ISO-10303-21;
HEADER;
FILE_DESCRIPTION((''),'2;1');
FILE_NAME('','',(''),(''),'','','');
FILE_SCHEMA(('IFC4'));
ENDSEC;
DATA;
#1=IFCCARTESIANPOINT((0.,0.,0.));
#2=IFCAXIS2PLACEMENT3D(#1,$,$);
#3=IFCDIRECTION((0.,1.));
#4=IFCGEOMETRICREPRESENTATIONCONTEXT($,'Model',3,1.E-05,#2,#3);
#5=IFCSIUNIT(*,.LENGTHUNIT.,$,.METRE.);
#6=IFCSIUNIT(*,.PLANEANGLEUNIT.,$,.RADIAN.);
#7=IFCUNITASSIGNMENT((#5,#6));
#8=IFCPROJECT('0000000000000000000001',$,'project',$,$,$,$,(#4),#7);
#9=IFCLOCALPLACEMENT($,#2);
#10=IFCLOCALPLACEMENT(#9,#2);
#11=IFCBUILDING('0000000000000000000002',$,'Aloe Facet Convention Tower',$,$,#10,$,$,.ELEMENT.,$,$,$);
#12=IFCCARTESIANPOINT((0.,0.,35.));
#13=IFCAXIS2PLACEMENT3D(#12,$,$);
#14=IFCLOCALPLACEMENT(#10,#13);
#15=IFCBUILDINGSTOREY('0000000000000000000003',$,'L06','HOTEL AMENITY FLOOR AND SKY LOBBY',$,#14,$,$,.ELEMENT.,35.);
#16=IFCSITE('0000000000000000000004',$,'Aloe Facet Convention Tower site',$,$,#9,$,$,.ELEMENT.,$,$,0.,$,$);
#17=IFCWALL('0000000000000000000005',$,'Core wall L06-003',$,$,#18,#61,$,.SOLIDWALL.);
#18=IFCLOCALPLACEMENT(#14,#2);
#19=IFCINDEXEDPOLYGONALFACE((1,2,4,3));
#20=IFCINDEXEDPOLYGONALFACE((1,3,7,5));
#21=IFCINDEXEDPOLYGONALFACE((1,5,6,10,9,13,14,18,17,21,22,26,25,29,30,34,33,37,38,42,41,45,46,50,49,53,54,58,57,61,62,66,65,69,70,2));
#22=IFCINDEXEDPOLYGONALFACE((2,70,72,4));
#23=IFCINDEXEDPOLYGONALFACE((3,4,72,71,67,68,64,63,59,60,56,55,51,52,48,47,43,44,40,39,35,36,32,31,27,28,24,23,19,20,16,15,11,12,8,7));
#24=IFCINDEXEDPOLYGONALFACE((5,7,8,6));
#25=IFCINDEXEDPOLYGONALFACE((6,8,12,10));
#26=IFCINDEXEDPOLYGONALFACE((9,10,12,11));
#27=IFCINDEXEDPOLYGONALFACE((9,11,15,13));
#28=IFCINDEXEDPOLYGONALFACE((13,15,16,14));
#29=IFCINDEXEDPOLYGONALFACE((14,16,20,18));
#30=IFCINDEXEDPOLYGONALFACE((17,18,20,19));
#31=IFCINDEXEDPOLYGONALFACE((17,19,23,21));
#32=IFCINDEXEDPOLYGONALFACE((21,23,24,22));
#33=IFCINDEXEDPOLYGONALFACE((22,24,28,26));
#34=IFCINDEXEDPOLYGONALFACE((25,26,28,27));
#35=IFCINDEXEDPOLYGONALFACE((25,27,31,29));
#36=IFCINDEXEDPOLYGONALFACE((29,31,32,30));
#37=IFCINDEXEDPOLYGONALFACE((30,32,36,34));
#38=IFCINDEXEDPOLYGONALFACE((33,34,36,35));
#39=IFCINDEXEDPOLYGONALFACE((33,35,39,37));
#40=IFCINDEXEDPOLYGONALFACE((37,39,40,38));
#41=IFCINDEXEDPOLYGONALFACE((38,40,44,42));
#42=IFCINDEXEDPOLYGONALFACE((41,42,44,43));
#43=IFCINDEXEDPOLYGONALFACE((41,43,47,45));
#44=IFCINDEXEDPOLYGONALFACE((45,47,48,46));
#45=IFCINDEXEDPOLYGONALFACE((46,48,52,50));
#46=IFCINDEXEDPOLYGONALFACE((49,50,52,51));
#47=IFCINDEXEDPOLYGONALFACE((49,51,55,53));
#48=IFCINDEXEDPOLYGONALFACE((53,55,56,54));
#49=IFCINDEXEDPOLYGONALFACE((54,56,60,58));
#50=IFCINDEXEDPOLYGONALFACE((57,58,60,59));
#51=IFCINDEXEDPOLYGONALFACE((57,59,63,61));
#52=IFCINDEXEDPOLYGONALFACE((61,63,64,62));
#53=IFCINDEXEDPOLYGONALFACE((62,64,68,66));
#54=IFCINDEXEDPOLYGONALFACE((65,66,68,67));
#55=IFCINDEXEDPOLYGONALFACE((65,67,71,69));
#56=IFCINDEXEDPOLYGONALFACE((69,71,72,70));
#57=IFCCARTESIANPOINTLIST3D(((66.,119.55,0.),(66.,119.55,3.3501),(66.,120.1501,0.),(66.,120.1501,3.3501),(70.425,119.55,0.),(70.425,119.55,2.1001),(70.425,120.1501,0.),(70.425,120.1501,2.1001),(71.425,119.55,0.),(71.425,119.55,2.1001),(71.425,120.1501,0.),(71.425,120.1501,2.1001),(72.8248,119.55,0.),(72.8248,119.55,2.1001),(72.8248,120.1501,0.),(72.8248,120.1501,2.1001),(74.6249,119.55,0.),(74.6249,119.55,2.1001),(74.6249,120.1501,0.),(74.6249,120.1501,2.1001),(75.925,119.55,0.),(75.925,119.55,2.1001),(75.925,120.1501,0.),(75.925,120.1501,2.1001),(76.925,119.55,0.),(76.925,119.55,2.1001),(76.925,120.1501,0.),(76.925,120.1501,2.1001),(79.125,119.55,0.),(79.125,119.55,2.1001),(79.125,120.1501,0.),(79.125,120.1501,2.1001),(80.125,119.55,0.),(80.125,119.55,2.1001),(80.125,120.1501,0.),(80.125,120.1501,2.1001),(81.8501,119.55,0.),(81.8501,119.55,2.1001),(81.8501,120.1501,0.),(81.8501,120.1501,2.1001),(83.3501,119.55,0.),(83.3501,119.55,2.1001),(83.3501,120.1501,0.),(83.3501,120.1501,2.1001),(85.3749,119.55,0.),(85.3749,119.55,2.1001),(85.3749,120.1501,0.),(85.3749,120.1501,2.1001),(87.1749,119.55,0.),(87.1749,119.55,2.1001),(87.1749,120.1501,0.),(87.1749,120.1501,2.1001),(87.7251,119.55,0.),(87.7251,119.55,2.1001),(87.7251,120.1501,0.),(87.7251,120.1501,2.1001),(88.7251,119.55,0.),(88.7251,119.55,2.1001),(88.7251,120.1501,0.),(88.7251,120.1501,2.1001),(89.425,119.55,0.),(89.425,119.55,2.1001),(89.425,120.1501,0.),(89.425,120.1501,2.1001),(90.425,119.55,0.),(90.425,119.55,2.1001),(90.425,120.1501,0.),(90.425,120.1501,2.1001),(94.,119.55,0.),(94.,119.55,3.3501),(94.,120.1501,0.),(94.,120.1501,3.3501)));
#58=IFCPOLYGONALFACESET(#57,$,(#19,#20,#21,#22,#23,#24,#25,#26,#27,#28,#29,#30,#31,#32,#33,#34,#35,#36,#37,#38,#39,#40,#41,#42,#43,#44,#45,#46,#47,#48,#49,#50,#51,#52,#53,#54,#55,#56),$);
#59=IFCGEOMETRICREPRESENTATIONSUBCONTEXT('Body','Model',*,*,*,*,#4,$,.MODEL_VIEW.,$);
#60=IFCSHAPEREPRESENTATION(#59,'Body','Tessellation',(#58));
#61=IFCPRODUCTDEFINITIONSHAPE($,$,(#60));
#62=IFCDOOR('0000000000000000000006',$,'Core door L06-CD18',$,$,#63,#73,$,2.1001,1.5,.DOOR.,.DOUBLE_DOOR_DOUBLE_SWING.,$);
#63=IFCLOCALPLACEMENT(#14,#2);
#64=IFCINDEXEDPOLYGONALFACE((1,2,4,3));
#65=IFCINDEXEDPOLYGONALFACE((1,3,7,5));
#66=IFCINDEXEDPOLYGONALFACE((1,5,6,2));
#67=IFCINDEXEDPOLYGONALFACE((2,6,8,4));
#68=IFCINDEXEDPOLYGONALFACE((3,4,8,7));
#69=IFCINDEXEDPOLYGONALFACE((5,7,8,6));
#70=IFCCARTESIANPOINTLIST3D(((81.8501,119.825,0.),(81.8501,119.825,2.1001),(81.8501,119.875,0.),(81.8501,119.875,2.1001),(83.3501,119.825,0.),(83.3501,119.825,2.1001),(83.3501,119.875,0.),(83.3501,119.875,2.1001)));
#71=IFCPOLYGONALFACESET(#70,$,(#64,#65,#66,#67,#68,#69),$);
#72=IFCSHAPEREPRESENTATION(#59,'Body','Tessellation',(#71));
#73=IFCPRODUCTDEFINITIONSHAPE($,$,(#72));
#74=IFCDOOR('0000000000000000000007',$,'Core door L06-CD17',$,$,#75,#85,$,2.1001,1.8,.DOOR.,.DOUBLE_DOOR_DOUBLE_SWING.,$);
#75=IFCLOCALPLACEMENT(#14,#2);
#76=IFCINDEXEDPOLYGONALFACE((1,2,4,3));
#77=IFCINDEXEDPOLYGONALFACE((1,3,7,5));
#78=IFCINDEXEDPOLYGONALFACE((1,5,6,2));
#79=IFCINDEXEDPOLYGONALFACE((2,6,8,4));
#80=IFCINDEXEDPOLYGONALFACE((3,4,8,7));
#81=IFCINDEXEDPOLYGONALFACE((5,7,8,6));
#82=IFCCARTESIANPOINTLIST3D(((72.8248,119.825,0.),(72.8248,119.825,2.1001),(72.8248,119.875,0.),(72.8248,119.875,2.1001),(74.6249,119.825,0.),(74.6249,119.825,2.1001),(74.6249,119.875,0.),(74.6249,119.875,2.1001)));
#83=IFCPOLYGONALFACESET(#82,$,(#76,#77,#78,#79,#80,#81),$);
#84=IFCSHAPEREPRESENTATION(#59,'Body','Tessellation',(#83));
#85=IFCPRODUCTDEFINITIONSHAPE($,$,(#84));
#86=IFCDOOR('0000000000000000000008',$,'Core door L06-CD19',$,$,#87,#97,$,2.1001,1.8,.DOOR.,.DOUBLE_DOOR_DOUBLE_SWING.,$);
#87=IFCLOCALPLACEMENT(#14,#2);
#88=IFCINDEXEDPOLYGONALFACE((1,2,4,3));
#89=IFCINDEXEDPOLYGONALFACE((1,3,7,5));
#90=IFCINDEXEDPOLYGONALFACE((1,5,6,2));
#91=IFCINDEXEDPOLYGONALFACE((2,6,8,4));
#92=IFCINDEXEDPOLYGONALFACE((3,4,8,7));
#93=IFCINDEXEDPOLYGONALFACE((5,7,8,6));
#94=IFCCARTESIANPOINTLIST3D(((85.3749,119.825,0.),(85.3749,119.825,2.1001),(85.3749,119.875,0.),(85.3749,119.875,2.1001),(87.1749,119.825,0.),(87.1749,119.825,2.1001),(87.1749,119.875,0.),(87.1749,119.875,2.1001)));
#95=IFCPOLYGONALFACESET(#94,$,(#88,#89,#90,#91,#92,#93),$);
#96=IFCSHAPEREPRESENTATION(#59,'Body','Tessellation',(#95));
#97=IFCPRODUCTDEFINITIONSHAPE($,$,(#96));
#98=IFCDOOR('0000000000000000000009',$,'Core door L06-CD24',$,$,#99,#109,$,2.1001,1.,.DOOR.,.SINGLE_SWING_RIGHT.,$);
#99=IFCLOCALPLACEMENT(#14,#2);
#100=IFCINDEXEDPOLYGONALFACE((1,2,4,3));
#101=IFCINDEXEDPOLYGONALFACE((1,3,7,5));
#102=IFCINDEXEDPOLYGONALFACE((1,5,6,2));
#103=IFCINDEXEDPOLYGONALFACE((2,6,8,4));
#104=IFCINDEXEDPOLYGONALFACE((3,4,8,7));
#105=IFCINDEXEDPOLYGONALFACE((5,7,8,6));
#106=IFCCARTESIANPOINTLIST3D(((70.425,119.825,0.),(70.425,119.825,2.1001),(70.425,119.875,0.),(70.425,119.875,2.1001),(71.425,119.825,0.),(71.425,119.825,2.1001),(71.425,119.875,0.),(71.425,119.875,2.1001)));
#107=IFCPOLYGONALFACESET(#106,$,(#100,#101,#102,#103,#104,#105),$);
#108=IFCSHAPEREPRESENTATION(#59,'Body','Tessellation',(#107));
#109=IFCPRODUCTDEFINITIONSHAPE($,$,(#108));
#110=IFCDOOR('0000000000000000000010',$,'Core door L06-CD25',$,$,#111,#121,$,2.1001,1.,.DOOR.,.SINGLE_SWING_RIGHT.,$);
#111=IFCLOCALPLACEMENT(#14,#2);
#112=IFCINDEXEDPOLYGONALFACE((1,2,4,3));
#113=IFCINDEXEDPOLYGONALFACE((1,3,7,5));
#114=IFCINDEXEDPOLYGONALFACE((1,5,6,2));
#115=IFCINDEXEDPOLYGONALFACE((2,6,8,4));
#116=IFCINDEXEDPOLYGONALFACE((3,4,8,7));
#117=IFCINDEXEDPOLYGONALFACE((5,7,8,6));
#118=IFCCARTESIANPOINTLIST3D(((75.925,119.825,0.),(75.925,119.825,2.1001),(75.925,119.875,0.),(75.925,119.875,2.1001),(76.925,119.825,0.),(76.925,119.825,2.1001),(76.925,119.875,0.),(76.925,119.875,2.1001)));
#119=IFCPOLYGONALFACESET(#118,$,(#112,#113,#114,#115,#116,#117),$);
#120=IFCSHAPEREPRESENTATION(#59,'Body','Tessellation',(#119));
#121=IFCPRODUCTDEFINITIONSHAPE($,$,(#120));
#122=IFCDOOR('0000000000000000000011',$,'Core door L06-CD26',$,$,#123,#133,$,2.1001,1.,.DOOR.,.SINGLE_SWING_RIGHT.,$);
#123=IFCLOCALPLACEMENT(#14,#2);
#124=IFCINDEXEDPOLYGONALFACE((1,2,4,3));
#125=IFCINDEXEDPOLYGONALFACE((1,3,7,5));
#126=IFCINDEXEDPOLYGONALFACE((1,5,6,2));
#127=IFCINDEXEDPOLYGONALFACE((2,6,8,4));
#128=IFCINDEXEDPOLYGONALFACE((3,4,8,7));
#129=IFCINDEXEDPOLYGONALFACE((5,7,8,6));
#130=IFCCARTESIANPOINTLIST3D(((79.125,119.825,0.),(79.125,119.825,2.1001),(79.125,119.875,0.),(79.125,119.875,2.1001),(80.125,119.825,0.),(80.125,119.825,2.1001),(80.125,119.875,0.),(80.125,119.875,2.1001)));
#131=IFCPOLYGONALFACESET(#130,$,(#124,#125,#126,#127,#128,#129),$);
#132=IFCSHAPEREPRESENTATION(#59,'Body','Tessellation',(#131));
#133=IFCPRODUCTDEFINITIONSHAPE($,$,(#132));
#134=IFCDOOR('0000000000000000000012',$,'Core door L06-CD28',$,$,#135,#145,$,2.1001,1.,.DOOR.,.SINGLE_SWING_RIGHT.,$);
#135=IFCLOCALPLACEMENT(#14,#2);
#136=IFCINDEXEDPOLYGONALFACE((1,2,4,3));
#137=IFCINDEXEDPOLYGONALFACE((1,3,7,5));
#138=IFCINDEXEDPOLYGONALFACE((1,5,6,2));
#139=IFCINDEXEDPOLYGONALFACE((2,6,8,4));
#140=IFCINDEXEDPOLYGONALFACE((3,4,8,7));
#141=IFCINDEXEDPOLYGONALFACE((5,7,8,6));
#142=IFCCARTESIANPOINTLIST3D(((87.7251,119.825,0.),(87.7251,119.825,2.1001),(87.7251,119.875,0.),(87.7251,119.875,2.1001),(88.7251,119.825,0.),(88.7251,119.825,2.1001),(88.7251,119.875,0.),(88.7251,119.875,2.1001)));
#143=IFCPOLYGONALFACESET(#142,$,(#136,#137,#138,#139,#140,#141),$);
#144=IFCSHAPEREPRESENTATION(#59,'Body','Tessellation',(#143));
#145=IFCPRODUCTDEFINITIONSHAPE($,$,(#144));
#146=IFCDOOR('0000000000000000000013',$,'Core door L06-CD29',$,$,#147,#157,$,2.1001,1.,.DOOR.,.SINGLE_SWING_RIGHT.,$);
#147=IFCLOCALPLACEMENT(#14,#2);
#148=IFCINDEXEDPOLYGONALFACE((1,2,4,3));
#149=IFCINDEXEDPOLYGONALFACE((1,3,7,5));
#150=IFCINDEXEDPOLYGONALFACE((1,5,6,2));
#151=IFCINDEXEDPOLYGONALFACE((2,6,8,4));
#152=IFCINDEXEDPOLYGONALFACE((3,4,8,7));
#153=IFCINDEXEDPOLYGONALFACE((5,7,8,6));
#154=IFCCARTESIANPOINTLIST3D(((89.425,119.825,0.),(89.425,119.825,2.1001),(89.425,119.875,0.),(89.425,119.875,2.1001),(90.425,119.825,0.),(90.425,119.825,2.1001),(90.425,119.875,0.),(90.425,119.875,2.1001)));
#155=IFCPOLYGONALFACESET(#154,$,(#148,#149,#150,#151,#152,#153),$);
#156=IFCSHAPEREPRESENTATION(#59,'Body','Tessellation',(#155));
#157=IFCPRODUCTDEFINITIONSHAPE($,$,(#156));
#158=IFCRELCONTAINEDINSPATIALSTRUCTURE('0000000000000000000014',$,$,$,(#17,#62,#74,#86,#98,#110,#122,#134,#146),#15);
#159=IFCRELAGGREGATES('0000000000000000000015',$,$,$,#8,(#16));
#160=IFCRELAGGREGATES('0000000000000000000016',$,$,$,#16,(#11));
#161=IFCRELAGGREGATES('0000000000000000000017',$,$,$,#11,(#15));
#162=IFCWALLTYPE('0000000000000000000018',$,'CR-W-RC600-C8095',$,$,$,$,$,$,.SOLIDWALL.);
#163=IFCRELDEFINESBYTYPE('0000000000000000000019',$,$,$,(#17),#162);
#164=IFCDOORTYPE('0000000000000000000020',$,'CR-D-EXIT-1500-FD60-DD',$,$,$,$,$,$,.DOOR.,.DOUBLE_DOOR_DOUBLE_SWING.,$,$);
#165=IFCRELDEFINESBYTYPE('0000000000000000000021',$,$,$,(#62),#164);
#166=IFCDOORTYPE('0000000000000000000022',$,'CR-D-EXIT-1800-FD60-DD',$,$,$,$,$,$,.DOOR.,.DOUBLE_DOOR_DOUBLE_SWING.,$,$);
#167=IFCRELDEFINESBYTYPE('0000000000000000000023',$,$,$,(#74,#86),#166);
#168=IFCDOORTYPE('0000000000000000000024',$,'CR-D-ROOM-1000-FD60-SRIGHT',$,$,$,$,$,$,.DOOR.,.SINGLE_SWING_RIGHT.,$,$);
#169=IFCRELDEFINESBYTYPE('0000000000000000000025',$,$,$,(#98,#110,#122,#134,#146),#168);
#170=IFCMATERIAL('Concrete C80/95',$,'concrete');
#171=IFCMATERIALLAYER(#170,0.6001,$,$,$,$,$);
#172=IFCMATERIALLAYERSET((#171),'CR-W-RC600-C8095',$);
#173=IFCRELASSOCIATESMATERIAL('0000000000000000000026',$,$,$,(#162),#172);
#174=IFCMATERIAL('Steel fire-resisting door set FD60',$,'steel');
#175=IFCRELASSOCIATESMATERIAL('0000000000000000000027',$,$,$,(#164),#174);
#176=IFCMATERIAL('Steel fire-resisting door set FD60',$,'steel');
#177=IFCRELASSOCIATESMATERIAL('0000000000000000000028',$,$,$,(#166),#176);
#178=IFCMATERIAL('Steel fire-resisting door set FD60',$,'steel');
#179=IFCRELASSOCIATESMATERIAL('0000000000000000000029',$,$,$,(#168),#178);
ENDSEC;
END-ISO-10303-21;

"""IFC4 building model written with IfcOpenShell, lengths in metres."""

from ifc_helpers import new_model, si_unit, direction, frame, frame_2d, origin, place, context, subcontext, project, spatial, rectangle, extrude, material, layer, layer_set, type_object, element, fill, save


model = new_model("IFC4")

# Units and contexts
model_context = context("Model", 3, precision=1e-05, world=origin(), true_north=direction((0.0, 1.0)))
body_context = subcontext(model_context, "Body", "Model", "MODEL_VIEW")
ifc_project = project(units=[si_unit("LENGTHUNIT", "METRE"), si_unit("PLANEANGLEUNIT", "RADIAN")], contexts=[model_context])

# Site, building, storey
site_placement = place(None, origin())
site = spatial("IfcSite", under=ifc_project, at=site_placement, Name="Aloe Facet Convention Tower site", CompositionType="ELEMENT", RefElevation=0.0)
building_placement = place(site_placement, origin())
building = spatial("IfcBuilding", under=site, at=building_placement, Name="Aloe Facet Convention Tower", CompositionType="ELEMENT")
storey_placement = place(building_placement, frame((0.0, 0.0, 35.0)))
storey = spatial("IfcBuildingStorey", under=building, at=storey_placement, Name="L06", Description="HOTEL AMENITY FLOOR AND SKY LOBBY", CompositionType="ELEMENT", Elevation=35.0)

# Wall, openings, doors
ifc_material_1 = material(Name="Concrete C80/95", Category="concrete")
ifc_layer_1 = layer(ifc_material_1, 0.6001)
ifc_layer_set_1 = layer_set([ifc_layer_1], Name="CR-W-RC600-C8095")
wall_type_1 = type_object("IfcWallType", Name="CR-W-RC600-C8095", PredefinedType="SOLIDWALL", material=ifc_layer_set_1)
wall_1_placement = place(storey_placement, frame((66.0, 119.8501, 0.0), z_axis=(0.0, 0.0, 1.0), x_axis=(1.0, 0.0, 0.0)))
wall_1 = element("IfcWall", 1, at=wall_1_placement, inside=storey, type_object=wall_type_1, Name="Core wall L06-003", PredefinedType="SOLIDWALL", context=body_context, shape_type="SweptSolid", body=[
    extrude(rectangle(XDim=28.0, YDim=0.6001, at=frame_2d((14.0, 0.0))), origin(), (0.0, 0.0, 1.0), 3.3501),
])
opening_1_placement = place(wall_1_placement, frame((6.825, 0.0, 0.0)))
opening_1 = element("IfcOpeningElement", 2, at=opening_1_placement, cuts=wall_1, PredefinedType="OPENING", context=body_context, shape_type="SweptSolid", body=[
    extrude(rectangle(XDim=1.8, YDim=2.1001, at=frame_2d((0.8999, 1.05))), frame((0.0, 0.3101, 0.0), z_axis=(0.0, -1.0, 0.0), x_axis=(1.0, 0.0, 0.0)), (0.0, 0.0, 1.0), 0.6201),
])
opening_2_placement = place(wall_1_placement, frame((15.8501, 0.0, 0.0)))
opening_2 = element("IfcOpeningElement", 3, at=opening_2_placement, cuts=wall_1, PredefinedType="OPENING", context=body_context, shape_type="SweptSolid", body=[
    extrude(rectangle(XDim=1.5, YDim=2.1001, at=frame_2d((0.75, 1.05))), frame((0.0, 0.3101, 0.0), z_axis=(0.0, -1.0, 0.0), x_axis=(1.0, 0.0, 0.0)), (0.0, 0.0, 1.0), 0.6201),
])
opening_3_placement = place(wall_1_placement, frame((19.375, 0.0, 0.0)))
opening_3 = element("IfcOpeningElement", 4, at=opening_3_placement, cuts=wall_1, PredefinedType="OPENING", context=body_context, shape_type="SweptSolid", body=[
    extrude(rectangle(XDim=1.8, YDim=2.1001, at=frame_2d((0.8999, 1.05))), frame((0.0, 0.3101, 0.0), z_axis=(0.0, -1.0, 0.0), x_axis=(1.0, 0.0, 0.0)), (0.0, 0.0, 1.0), 0.6201),
])
opening_4_placement = place(wall_1_placement, frame((4.425, 0.0, 0.0)))
opening_4 = element("IfcOpeningElement", 5, at=opening_4_placement, cuts=wall_1, PredefinedType="OPENING", context=body_context, shape_type="SweptSolid", body=[
    extrude(rectangle(XDim=1.0, YDim=2.1001, at=frame_2d((0.5, 1.05))), frame((0.0, 0.3101, 0.0), z_axis=(0.0, -1.0, 0.0), x_axis=(1.0, 0.0, 0.0)), (0.0, 0.0, 1.0), 0.6201),
])
opening_5_placement = place(wall_1_placement, frame((9.925, 0.0, 0.0)))
opening_5 = element("IfcOpeningElement", 6, at=opening_5_placement, cuts=wall_1, PredefinedType="OPENING", context=body_context, shape_type="SweptSolid", body=[
    extrude(rectangle(XDim=1.0, YDim=2.1001, at=frame_2d((0.5, 1.05))), frame((0.0, 0.3101, 0.0), z_axis=(0.0, -1.0, 0.0), x_axis=(1.0, 0.0, 0.0)), (0.0, 0.0, 1.0), 0.6201),
])
opening_6_placement = place(wall_1_placement, frame((13.125, 0.0, 0.0)))
opening_6 = element("IfcOpeningElement", 7, at=opening_6_placement, cuts=wall_1, PredefinedType="OPENING", context=body_context, shape_type="SweptSolid", body=[
    extrude(rectangle(XDim=1.0, YDim=2.1001, at=frame_2d((0.5, 1.05))), frame((0.0, 0.3101, 0.0), z_axis=(0.0, -1.0, 0.0), x_axis=(1.0, 0.0, 0.0)), (0.0, 0.0, 1.0), 0.6201),
])
opening_7_placement = place(wall_1_placement, frame((21.7251, 0.0, 0.0)))
opening_7 = element("IfcOpeningElement", 8, at=opening_7_placement, cuts=wall_1, PredefinedType="OPENING", context=body_context, shape_type="SweptSolid", body=[
    extrude(rectangle(XDim=1.0, YDim=2.1001, at=frame_2d((0.5, 1.05))), frame((0.0, 0.3101, 0.0), z_axis=(0.0, -1.0, 0.0), x_axis=(1.0, 0.0, 0.0)), (0.0, 0.0, 1.0), 0.6201),
])
opening_8_placement = place(wall_1_placement, frame((23.425, 0.0, 0.0)))
opening_8 = element("IfcOpeningElement", 9, at=opening_8_placement, cuts=wall_1, PredefinedType="OPENING", context=body_context, shape_type="SweptSolid", body=[
    extrude(rectangle(XDim=1.0, YDim=2.1001, at=frame_2d((0.5, 1.05))), frame((0.0, 0.3101, 0.0), z_axis=(0.0, -1.0, 0.0), x_axis=(1.0, 0.0, 0.0)), (0.0, 0.0, 1.0), 0.6201),
])
ifc_material_2 = material(Name="Steel fire-resisting door set FD60", Category="steel")
door_type_1 = type_object("IfcDoorType", Name="CR-D-EXIT-1500-FD60-DD", OperationType="DOUBLE_DOOR_DOUBLE_SWING", PredefinedType="DOOR", material=ifc_material_2)
door_1_placement = place(opening_2_placement, origin())
door_1 = element("IfcDoor", 10, at=door_1_placement, inside=storey, type_object=door_type_1, Name="Core door L06-CD18", OperationType="DOUBLE_DOOR_DOUBLE_SWING", OverallHeight=2.1001, OverallWidth=1.5, PredefinedType="DOOR", context=body_context, shape_type="SweptSolid", body=[
    extrude(rectangle(XDim=1.5, YDim=2.1001, at=frame_2d((0.75, 1.05))), frame((0.0, 0.0249, 0.0), z_axis=(0.0, -1.0, 0.0), x_axis=(1.0, 0.0, 0.0)), (0.0, 0.0, 1.0), 0.05),
])
fill(opening_2, door_1)
ifc_material_3 = material(Name="Steel fire-resisting door set FD60", Category="steel")
door_type_2 = type_object("IfcDoorType", Name="CR-D-EXIT-1800-FD60-DD", OperationType="DOUBLE_DOOR_DOUBLE_SWING", PredefinedType="DOOR", material=ifc_material_3)
door_2_placement = place(opening_1_placement, origin())
door_2 = element("IfcDoor", 11, at=door_2_placement, inside=storey, type_object=door_type_2, Name="Core door L06-CD17", OperationType="DOUBLE_DOOR_DOUBLE_SWING", OverallHeight=2.1001, OverallWidth=1.8, PredefinedType="DOOR", context=body_context, shape_type="SweptSolid", body=[
    extrude(rectangle(XDim=1.8, YDim=2.1001, at=frame_2d((0.8999, 1.05))), frame((0.0, 0.0249, 0.0), z_axis=(0.0, -1.0, 0.0), x_axis=(1.0, 0.0, 0.0)), (0.0, 0.0, 1.0), 0.05),
])
fill(opening_1, door_2)
door_3_placement = place(opening_3_placement, origin())
door_3 = element("IfcDoor", 12, at=door_3_placement, inside=storey, type_object=door_type_2, Name="Core door L06-CD19", OperationType="DOUBLE_DOOR_DOUBLE_SWING", OverallHeight=2.1001, OverallWidth=1.8, PredefinedType="DOOR", context=body_context, shape_type="SweptSolid", body=[
    extrude(rectangle(XDim=1.8, YDim=2.1001, at=frame_2d((0.8999, 1.05))), frame((0.0, 0.0249, 0.0), z_axis=(0.0, -1.0, 0.0), x_axis=(1.0, 0.0, 0.0)), (0.0, 0.0, 1.0), 0.05),
])
fill(opening_3, door_3)
ifc_material_4 = material(Name="Steel fire-resisting door set FD60", Category="steel")
door_type_3 = type_object("IfcDoorType", Name="CR-D-ROOM-1000-FD60-SRIGHT", OperationType="SINGLE_SWING_RIGHT", PredefinedType="DOOR", material=ifc_material_4)
door_4_placement = place(opening_4_placement, origin())
door_4 = element("IfcDoor", 13, at=door_4_placement, inside=storey, type_object=door_type_3, Name="Core door L06-CD24", OperationType="SINGLE_SWING_RIGHT", OverallHeight=2.1001, OverallWidth=1.0, PredefinedType="DOOR", context=body_context, shape_type="SweptSolid", body=[
    extrude(rectangle(XDim=1.0, YDim=2.1001, at=frame_2d((0.5, 1.05))), frame((0.0, 0.0249, 0.0), z_axis=(0.0, -1.0, 0.0), x_axis=(1.0, 0.0, 0.0)), (0.0, 0.0, 1.0), 0.05),
])
fill(opening_4, door_4)
door_5_placement = place(opening_5_placement, origin())
door_5 = element("IfcDoor", 14, at=door_5_placement, inside=storey, type_object=door_type_3, Name="Core door L06-CD25", OperationType="SINGLE_SWING_RIGHT", OverallHeight=2.1001, OverallWidth=1.0, PredefinedType="DOOR", context=body_context, shape_type="SweptSolid", body=[
    extrude(rectangle(XDim=1.0, YDim=2.1001, at=frame_2d((0.5, 1.05))), frame((0.0, 0.0249, 0.0), z_axis=(0.0, -1.0, 0.0), x_axis=(1.0, 0.0, 0.0)), (0.0, 0.0, 1.0), 0.05),
])
fill(opening_5, door_5)
door_6_placement = place(opening_6_placement, origin())
door_6 = element("IfcDoor", 15, at=door_6_placement, inside=storey, type_object=door_type_3, Name="Core door L06-CD26", OperationType="SINGLE_SWING_RIGHT", OverallHeight=2.1001, OverallWidth=1.0, PredefinedType="DOOR", context=body_context, shape_type="SweptSolid", body=[
    extrude(rectangle(XDim=1.0, YDim=2.1001, at=frame_2d((0.5, 1.05))), frame((0.0, 0.0249, 0.0), z_axis=(0.0, -1.0, 0.0), x_axis=(1.0, 0.0, 0.0)), (0.0, 0.0, 1.0), 0.05),
])
fill(opening_6, door_6)
door_7_placement = place(opening_7_placement, origin())
door_7 = element("IfcDoor", 16, at=door_7_placement, inside=storey, type_object=door_type_3, Name="Core door L06-CD28", OperationType="SINGLE_SWING_RIGHT", OverallHeight=2.1001, OverallWidth=1.0, PredefinedType="DOOR", context=body_context, shape_type="SweptSolid", body=[
    extrude(rectangle(XDim=1.0, YDim=2.1001, at=frame_2d((0.5, 1.05))), frame((0.0, 0.0249, 0.0), z_axis=(0.0, -1.0, 0.0), x_axis=(1.0, 0.0, 0.0)), (0.0, 0.0, 1.0), 0.05),
])
fill(opening_7, door_7)
door_8_placement = place(opening_8_placement, origin())
door_8 = element("IfcDoor", 17, at=door_8_placement, inside=storey, type_object=door_type_3, Name="Core door L06-CD29", OperationType="SINGLE_SWING_RIGHT", OverallHeight=2.1001, OverallWidth=1.0, PredefinedType="DOOR", context=body_context, shape_type="SweptSolid", body=[
    extrude(rectangle(XDim=1.0, YDim=2.1001, at=frame_2d((0.5, 1.05))), frame((0.0, 0.0249, 0.0), z_axis=(0.0, -1.0, 0.0), x_axis=(1.0, 0.0, 0.0)), (0.0, 0.0, 1.0), 0.05),
])
fill(opening_8, door_8)

save(model, "model.ifc")
